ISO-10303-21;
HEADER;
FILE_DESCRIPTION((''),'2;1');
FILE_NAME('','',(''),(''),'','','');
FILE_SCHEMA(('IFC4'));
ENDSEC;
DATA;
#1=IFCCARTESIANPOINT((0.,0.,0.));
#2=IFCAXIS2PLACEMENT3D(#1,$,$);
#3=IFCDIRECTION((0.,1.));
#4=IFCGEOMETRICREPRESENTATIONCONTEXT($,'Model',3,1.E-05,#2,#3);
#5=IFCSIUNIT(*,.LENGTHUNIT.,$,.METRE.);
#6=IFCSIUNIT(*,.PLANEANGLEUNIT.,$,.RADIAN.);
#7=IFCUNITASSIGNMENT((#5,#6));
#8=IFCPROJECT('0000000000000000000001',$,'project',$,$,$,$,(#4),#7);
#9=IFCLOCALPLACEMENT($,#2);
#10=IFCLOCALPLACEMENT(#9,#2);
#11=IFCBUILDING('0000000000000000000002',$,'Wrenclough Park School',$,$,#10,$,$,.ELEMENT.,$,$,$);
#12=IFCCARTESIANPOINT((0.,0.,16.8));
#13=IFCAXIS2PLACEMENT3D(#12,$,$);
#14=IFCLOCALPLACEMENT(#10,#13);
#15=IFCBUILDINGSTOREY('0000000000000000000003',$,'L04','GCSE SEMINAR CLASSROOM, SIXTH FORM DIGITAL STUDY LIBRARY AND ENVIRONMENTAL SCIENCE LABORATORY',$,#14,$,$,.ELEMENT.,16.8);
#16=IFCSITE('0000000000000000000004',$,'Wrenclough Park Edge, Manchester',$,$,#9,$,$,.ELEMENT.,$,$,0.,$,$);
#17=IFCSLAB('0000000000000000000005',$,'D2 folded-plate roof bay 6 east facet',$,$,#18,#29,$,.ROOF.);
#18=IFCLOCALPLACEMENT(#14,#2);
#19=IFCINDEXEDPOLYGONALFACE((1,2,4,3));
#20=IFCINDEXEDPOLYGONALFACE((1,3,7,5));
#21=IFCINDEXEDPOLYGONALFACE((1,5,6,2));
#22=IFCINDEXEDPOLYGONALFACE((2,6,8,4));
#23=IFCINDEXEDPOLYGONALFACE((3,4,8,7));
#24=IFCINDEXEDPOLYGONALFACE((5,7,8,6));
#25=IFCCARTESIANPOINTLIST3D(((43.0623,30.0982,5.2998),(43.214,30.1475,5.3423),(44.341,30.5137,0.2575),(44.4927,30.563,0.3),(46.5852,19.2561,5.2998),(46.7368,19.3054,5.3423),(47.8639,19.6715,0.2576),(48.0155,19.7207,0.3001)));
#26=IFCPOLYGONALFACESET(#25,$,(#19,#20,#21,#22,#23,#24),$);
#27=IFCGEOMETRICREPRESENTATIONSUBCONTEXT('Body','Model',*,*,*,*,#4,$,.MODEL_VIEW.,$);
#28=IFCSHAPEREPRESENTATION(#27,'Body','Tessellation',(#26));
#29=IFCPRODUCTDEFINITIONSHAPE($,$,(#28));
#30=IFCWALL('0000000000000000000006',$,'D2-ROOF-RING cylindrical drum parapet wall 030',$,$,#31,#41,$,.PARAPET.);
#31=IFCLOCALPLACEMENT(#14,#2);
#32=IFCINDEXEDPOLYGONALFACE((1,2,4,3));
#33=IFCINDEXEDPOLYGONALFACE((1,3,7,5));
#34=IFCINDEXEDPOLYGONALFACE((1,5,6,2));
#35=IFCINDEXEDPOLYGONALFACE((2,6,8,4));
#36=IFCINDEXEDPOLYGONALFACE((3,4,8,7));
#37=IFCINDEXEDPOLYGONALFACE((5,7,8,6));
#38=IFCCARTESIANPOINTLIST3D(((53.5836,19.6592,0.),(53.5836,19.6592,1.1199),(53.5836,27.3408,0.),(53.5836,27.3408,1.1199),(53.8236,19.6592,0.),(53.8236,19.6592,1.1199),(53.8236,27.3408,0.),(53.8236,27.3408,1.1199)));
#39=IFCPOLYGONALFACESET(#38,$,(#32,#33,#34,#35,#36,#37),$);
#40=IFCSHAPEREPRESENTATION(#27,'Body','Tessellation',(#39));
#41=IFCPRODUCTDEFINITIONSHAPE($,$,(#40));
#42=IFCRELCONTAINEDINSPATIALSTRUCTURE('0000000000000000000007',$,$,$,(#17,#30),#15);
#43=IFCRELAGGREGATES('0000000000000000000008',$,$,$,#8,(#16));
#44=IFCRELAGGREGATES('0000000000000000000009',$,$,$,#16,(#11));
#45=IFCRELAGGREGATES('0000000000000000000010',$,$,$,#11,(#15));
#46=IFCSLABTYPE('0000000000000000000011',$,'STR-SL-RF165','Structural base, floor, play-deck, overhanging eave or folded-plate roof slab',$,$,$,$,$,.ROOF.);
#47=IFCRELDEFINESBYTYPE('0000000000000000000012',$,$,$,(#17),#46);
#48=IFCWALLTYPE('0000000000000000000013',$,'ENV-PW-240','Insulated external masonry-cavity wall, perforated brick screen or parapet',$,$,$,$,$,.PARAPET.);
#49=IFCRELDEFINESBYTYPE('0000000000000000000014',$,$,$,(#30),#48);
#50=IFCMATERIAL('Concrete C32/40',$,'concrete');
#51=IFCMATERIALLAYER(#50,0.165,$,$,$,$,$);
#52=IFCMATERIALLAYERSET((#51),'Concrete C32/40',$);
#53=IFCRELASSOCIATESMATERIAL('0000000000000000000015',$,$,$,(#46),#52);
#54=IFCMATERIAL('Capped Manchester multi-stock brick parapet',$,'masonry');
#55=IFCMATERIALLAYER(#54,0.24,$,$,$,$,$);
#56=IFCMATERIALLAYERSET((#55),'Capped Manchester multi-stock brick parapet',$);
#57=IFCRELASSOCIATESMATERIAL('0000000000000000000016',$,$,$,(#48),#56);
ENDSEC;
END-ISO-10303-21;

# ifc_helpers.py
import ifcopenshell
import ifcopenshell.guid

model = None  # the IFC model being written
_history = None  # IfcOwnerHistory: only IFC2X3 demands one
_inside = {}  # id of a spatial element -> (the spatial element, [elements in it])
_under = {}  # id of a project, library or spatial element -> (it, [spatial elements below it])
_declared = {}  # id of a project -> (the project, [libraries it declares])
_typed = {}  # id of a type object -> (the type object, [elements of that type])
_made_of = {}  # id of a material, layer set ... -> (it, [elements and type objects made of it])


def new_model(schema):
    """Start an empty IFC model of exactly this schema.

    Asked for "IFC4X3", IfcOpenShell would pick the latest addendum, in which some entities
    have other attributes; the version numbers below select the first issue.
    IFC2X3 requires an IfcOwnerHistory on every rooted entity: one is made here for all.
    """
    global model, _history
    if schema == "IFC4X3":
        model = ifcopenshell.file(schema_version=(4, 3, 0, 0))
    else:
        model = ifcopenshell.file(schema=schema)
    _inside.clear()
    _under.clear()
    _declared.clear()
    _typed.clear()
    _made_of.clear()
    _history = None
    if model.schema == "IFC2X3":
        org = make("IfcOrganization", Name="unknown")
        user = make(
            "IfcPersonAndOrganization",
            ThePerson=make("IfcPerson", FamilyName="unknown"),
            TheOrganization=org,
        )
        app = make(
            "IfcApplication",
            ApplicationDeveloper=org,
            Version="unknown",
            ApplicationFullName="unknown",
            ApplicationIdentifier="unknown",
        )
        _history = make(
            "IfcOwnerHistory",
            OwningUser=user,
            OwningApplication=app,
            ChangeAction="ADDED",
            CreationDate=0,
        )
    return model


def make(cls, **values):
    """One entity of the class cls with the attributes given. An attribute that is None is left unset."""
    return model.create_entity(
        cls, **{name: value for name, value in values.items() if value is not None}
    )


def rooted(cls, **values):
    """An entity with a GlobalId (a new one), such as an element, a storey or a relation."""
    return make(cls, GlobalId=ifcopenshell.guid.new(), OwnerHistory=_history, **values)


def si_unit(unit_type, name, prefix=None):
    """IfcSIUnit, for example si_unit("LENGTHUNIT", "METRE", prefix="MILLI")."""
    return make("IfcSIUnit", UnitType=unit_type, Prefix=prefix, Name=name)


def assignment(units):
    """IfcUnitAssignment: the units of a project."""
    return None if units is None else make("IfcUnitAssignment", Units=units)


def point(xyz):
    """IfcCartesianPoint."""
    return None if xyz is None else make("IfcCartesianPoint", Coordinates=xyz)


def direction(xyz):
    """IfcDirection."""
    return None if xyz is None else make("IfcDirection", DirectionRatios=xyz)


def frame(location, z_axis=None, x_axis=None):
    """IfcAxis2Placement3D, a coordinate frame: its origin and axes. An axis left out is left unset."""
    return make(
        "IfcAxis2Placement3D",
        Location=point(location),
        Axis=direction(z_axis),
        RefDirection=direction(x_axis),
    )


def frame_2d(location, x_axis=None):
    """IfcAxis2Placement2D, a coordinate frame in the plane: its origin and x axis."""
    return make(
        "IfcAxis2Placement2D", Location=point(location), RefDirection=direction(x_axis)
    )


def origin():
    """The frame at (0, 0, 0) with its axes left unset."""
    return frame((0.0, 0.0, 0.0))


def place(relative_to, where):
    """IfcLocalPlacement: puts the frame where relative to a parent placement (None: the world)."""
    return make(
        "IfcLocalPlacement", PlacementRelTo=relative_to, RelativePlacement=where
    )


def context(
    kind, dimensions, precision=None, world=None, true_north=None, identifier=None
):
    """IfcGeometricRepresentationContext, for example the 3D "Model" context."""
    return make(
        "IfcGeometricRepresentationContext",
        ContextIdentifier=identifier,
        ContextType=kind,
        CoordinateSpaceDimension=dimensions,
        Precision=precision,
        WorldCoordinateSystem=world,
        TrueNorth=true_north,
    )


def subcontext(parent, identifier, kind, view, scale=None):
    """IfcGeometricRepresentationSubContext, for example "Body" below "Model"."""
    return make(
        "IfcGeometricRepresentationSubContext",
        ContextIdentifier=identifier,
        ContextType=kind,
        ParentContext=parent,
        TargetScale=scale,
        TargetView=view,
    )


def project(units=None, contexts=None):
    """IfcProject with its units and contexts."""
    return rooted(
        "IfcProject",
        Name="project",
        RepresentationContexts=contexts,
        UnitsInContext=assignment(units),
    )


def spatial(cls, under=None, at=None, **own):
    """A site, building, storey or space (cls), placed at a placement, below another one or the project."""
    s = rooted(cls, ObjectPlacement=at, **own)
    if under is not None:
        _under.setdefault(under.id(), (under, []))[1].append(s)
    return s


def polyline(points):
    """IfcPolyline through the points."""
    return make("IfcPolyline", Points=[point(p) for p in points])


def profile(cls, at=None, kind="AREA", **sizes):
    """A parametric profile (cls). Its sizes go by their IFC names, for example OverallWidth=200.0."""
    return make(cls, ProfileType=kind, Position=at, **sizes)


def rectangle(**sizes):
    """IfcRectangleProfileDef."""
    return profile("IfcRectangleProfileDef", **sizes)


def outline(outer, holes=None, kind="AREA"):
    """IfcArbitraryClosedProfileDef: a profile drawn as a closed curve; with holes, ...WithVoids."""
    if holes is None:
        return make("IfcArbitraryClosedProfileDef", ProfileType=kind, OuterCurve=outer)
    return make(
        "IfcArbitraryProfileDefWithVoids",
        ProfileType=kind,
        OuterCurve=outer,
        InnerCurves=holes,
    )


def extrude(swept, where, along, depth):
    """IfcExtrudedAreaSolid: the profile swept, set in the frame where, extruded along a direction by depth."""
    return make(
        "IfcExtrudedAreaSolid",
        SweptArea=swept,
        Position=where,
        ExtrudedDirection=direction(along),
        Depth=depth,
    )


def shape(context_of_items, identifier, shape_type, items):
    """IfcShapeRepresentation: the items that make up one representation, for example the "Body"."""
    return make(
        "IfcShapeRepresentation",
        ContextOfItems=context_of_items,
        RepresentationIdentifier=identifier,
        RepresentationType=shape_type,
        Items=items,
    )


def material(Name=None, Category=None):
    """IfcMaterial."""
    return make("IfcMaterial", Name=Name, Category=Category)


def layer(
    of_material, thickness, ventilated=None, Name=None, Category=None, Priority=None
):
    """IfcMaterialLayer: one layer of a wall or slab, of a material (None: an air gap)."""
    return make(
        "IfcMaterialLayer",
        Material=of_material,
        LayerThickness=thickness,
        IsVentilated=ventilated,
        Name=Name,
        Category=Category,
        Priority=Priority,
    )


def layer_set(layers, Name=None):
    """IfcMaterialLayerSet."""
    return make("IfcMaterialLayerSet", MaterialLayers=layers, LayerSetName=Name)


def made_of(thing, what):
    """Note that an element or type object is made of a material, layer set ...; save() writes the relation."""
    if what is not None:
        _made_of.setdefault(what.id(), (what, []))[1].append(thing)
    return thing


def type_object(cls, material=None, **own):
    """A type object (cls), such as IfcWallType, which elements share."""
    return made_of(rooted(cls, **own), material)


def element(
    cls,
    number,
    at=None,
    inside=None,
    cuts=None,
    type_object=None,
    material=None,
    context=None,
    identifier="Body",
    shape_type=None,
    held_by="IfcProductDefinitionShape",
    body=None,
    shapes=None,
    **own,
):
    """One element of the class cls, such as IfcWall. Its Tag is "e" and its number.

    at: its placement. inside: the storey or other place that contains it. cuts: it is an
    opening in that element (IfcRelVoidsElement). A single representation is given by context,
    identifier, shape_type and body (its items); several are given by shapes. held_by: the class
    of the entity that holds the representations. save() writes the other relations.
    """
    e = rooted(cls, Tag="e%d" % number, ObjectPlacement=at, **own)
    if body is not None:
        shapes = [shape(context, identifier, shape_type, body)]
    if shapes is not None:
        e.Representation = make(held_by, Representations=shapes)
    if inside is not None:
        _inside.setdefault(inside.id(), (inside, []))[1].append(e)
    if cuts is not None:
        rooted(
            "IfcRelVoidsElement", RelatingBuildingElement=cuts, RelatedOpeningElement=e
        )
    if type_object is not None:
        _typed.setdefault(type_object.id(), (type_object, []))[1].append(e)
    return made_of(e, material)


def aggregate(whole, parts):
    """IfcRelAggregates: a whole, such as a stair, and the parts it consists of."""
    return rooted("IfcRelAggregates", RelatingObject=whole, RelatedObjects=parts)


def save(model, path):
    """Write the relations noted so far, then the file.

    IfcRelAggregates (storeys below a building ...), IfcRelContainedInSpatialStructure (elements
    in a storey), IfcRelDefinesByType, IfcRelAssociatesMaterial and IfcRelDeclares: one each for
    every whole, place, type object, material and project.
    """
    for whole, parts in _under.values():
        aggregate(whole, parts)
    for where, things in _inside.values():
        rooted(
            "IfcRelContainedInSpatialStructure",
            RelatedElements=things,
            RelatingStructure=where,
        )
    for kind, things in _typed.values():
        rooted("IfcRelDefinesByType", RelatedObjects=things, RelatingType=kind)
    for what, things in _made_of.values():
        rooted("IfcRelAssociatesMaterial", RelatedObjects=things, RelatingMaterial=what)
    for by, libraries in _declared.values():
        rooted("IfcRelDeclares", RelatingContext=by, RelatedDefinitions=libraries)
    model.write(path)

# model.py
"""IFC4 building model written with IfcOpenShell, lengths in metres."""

from ifc_helpers import new_model, si_unit, direction, frame, frame_2d, origin, place, context, subcontext, project, spatial, polyline, rectangle, outline, extrude, material, layer, layer_set, type_object, element, save


model = new_model("IFC4")

# Units and contexts
model_context = context("Model", 3, precision=1e-05, world=origin(), true_north=direction((0.0, 1.0)))
body_context = subcontext(model_context, "Body", "Model", "MODEL_VIEW")
ifc_project = project(units=[si_unit("LENGTHUNIT", "METRE"), si_unit("PLANEANGLEUNIT", "RADIAN")], contexts=[model_context])

# Site, building, storey
site_placement = place(None, origin())
site = spatial("IfcSite", under=ifc_project, at=site_placement, Name="Wrenclough Park Edge, Manchester", CompositionType="ELEMENT", RefElevation=0.0)
building_placement = place(site_placement, origin())
building = spatial("IfcBuilding", under=site, at=building_placement, Name="Wrenclough Park School", CompositionType="ELEMENT")
storey_placement = place(building_placement, frame((0.0, 0.0, 16.8)))
storey = spatial("IfcBuildingStorey", under=building, at=storey_placement, Name="L04", Description="GCSE SEMINAR CLASSROOM, SIXTH FORM DIGITAL STUDY LIBRARY AND ENVIRONMENTAL SCIENCE LABORATORY", CompositionType="ELEMENT", Elevation=16.8)

# Slab
ifc_material_1 = material(Name="Concrete C32/40", Category="concrete")
ifc_layer_1 = layer(ifc_material_1, 0.165)
ifc_layer_set_1 = layer_set([ifc_layer_1], Name="Concrete C32/40")
slab_type = type_object("IfcSlabType", Name="STR-SL-RF165", Description="Structural base, floor, play-deck, overhanging eave or folded-plate roof slab", PredefinedType="ROOF", material=ifc_layer_set_1)
slab_1_placement = place(storey_placement, frame((46.7368, 19.3054, 5.3423), z_axis=(0.91895, 0.298584, 0.25764), x_axis=(0.245039, 0.07959, -0.966241)))
element("IfcSlab", 1, at=slab_1_placement, inside=storey, type_object=slab_type, Name="D2 folded-plate roof bay 6 east facet", PredefinedType="ROOF", context=body_context, shape_type="SweptSolid", body=[
    extrude(outline(polyline([(0.0, 0.0), (5.2184, 0.0), (5.2181, 11.4002), (-0.0003, 11.4), (0.0, 0.0)])), origin(), (0.0, 0.0, -1.0), 0.165),
])

# Wall
ifc_material_2 = material(Name="Capped Manchester multi-stock brick parapet", Category="masonry")
ifc_layer_2 = layer(ifc_material_2, 0.24)
ifc_layer_set_2 = layer_set([ifc_layer_2], Name="Capped Manchester multi-stock brick parapet")
wall_type = type_object("IfcWallType", Name="ENV-PW-240", Description="Insulated external masonry-cavity wall, perforated brick screen or parapet", PredefinedType="PARAPET", material=ifc_layer_set_2)
wall_placement = place(storey_placement, frame((53.7036, 19.6592, 0.0), z_axis=(0.0, 0.0, 1.0), x_axis=(0.0, 1.0, 0.0)))
element("IfcWall", 2, at=wall_placement, inside=storey, type_object=wall_type, Name="D2-ROOF-RING cylindrical drum parapet wall 030", PredefinedType="PARAPET", context=body_context, shape_type="SweptSolid", body=[
    extrude(rectangle(XDim=7.6816, YDim=0.24, at=frame_2d((3.8408, 0.0))), origin(), (0.0, 0.0, 1.0), 1.1199),
])

save(model, "model.ifc")
